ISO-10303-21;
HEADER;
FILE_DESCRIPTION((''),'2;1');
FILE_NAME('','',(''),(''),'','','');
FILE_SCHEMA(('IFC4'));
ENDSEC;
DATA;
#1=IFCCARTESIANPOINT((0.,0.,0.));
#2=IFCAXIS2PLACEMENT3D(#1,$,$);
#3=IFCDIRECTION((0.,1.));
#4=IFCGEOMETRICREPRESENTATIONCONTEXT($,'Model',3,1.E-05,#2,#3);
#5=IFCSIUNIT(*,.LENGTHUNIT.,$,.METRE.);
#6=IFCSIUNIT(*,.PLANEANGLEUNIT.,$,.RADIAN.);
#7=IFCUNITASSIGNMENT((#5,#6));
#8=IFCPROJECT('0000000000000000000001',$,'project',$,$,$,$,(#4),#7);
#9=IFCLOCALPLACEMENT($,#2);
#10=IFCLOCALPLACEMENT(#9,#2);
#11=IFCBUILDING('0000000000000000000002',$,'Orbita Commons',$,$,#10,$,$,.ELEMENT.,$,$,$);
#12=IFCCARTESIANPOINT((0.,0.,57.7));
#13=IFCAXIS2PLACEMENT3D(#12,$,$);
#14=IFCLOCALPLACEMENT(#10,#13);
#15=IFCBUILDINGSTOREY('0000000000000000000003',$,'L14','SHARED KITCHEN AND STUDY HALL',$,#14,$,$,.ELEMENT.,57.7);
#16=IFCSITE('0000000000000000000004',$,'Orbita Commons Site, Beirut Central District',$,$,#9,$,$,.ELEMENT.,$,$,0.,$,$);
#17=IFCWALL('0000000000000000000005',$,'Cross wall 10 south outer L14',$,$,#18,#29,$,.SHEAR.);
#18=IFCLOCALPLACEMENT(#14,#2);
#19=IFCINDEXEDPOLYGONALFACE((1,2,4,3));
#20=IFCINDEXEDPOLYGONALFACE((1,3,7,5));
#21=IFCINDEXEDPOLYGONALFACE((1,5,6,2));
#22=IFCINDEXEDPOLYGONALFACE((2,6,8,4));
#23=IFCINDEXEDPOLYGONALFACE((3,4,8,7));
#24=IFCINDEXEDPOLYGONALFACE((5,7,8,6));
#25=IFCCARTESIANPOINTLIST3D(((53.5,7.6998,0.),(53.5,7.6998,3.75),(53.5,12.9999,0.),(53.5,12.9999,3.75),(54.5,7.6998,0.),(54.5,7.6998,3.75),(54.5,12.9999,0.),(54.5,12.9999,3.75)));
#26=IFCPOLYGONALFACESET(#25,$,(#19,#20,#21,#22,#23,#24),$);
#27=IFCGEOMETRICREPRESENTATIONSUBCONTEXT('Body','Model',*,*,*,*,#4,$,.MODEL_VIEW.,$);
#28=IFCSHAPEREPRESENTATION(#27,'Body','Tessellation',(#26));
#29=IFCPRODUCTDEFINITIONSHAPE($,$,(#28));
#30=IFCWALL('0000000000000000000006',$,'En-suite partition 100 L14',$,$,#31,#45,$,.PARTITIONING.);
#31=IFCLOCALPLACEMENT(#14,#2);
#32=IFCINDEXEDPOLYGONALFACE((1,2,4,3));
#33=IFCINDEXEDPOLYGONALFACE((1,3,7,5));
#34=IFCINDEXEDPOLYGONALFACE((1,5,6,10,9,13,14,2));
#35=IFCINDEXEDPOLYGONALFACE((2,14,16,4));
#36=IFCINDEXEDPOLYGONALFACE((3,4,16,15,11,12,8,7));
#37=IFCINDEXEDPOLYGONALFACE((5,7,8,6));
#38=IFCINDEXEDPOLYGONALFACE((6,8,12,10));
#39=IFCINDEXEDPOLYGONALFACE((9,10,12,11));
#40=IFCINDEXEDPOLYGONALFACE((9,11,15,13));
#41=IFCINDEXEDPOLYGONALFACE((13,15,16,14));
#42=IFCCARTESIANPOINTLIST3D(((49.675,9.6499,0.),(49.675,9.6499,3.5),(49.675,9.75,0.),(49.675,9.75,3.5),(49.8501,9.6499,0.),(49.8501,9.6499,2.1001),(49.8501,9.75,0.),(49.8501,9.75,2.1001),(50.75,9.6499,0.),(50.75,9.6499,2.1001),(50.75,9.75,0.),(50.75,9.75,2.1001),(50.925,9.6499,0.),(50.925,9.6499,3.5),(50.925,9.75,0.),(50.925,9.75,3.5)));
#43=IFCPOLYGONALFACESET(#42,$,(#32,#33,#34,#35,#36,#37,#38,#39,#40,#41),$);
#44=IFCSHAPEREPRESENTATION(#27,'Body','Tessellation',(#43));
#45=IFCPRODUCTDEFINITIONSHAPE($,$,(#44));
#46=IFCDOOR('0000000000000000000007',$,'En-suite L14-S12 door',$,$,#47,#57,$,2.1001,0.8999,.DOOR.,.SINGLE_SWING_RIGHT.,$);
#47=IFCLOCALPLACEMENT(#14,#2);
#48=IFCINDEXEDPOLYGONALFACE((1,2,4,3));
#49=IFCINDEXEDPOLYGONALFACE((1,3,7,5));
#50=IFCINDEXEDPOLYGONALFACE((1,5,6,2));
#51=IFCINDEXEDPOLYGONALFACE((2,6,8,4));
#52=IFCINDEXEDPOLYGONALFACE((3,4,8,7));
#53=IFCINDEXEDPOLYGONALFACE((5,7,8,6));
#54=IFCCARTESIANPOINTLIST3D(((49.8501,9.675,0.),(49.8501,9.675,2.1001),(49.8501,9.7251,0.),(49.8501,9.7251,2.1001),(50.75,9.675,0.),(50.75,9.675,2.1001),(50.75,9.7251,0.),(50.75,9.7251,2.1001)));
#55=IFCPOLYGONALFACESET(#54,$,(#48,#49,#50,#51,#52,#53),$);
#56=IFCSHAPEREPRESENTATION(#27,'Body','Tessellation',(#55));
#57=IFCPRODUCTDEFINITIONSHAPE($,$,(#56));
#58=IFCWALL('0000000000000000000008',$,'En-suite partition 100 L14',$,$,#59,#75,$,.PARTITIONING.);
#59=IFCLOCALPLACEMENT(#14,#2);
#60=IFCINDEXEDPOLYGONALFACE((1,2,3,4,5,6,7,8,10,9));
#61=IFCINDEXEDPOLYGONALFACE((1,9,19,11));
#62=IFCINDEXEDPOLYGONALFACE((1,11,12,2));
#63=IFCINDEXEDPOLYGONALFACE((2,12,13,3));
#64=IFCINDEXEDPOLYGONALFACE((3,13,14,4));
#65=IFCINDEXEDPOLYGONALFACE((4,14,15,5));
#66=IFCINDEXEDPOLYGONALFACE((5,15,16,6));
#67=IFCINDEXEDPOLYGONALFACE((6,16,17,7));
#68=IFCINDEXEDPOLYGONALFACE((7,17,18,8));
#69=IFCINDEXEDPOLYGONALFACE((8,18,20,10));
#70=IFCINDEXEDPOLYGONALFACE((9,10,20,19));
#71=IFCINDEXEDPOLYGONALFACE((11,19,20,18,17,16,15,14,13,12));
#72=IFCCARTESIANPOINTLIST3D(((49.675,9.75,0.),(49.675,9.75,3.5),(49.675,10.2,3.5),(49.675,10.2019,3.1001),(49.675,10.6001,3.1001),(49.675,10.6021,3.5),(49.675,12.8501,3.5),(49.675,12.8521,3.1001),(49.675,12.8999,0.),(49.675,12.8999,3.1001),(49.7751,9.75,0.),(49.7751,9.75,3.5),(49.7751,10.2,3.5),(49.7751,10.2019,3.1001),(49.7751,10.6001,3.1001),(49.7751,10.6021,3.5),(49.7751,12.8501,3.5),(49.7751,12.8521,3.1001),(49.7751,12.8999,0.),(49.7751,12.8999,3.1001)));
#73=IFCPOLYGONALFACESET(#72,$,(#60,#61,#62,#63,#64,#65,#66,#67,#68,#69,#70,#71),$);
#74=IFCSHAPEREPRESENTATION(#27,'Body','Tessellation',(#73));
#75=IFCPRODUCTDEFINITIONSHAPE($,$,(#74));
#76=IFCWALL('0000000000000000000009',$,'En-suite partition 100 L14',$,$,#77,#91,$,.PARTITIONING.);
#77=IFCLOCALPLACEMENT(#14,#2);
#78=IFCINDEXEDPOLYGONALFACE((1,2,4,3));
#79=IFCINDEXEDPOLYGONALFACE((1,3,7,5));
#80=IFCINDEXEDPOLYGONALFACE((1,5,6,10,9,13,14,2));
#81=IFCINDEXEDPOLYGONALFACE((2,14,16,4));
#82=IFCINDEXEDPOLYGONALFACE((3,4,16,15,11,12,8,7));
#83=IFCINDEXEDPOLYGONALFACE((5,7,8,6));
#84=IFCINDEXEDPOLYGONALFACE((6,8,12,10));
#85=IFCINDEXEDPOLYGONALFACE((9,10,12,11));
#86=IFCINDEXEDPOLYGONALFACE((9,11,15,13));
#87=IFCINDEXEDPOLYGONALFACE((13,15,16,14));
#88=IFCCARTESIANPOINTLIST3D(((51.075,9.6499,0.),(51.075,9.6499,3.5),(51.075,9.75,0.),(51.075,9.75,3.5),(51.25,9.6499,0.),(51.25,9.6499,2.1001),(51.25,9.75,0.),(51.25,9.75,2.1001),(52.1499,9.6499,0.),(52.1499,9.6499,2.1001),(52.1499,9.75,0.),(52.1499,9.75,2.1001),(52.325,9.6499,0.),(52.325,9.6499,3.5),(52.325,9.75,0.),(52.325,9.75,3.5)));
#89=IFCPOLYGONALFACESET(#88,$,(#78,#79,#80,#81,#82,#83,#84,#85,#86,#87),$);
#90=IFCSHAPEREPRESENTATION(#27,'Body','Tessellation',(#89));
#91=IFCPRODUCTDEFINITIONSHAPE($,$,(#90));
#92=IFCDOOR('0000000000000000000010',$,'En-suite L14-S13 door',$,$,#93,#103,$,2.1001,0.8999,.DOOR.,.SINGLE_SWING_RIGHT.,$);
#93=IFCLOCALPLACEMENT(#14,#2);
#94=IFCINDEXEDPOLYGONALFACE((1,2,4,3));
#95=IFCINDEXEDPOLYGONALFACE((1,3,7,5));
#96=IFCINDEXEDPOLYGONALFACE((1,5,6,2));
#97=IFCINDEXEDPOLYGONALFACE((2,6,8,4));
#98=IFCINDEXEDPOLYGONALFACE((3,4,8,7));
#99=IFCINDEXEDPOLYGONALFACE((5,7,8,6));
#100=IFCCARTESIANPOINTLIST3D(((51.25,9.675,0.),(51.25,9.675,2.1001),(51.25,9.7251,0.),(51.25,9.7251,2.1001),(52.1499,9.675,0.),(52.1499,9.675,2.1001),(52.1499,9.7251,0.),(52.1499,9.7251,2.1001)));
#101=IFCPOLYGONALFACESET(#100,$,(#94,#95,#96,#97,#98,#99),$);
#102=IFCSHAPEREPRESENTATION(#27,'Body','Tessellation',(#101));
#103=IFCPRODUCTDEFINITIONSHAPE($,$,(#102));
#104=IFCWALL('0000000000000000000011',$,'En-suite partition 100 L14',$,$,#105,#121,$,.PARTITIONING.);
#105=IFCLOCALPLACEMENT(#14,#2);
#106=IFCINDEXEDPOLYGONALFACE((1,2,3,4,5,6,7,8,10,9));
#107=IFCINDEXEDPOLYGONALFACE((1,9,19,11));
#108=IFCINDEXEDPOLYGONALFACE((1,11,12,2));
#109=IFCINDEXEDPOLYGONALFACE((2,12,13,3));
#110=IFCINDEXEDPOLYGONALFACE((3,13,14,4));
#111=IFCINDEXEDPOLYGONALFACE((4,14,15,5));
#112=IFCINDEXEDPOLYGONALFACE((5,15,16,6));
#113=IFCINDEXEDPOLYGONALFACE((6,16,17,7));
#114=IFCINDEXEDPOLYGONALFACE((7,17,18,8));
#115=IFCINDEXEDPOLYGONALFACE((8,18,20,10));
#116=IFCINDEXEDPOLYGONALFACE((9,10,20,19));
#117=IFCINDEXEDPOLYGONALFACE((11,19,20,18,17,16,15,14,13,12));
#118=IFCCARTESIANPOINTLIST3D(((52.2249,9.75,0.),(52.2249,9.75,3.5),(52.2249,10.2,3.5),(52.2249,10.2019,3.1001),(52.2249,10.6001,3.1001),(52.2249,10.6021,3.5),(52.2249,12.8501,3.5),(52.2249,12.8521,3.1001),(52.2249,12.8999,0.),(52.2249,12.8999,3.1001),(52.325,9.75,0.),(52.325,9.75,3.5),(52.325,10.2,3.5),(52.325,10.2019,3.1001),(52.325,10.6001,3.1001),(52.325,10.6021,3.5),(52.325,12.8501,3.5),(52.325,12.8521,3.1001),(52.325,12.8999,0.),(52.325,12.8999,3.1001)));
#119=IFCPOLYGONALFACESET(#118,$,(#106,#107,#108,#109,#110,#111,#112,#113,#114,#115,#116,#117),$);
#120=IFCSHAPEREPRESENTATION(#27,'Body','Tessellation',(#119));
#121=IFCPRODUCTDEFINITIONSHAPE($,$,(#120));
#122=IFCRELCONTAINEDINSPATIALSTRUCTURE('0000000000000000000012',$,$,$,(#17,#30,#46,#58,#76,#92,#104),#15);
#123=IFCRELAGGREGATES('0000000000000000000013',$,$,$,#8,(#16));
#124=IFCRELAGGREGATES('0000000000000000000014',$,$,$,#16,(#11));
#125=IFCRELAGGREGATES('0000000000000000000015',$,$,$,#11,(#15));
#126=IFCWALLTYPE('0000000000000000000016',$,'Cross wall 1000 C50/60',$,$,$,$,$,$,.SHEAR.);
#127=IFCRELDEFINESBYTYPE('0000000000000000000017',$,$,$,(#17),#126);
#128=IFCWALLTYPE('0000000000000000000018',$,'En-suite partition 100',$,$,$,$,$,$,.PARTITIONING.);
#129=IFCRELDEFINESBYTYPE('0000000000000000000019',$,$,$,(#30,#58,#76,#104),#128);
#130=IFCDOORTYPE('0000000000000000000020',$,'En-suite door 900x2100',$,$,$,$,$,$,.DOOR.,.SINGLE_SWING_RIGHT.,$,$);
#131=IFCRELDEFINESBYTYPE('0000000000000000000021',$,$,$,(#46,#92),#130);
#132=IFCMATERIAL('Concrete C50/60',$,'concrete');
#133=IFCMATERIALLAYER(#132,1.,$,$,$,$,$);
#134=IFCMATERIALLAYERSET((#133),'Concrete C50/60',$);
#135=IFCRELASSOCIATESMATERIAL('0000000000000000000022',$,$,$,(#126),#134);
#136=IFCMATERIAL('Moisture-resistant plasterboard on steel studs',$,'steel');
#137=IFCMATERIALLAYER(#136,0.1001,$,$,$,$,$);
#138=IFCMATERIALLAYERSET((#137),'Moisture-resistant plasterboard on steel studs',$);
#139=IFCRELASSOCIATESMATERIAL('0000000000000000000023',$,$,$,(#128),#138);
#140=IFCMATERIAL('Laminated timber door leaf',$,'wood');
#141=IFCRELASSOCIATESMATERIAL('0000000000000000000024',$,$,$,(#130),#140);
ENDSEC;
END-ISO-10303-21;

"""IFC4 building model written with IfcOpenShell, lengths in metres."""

from ifc_helpers import new_model, si_unit, direction, frame, frame_2d, origin, place, context, subcontext, project, spatial, polyline, rectangle, outline, extrude, material, layer, layer_set, type_object, element, fill, save


model = new_model("IFC4")

# Units and contexts
model_context = context("Model", 3, precision=1e-05, world=origin(), true_north=direction((0.0, 1.0)))
body_context = subcontext(model_context, "Body", "Model", "MODEL_VIEW")
ifc_project = project(units=[si_unit("LENGTHUNIT", "METRE"), si_unit("PLANEANGLEUNIT", "RADIAN")], contexts=[model_context])

# Site, building, storey
site_placement = place(None, origin())
site = spatial("IfcSite", under=ifc_project, at=site_placement, Name="Orbita Commons Site, Beirut Central District", CompositionType="ELEMENT", RefElevation=0.0)
building_placement = place(site_placement, origin())
building = spatial("IfcBuilding", under=site, at=building_placement, Name="Orbita Commons", CompositionType="ELEMENT")
storey_placement = place(building_placement, frame((0.0, 0.0, 57.7)))
storey = spatial("IfcBuildingStorey", under=building, at=storey_placement, Name="L14", Description="SHARED KITCHEN AND STUDY HALL", CompositionType="ELEMENT", Elevation=57.7)

# Wall
ifc_material_1 = material(Name="Concrete C50/60", Category="concrete")
ifc_layer_1 = layer(ifc_material_1, 1.0)
ifc_layer_set_1 = layer_set([ifc_layer_1], Name="Concrete C50/60")
wall_type_1 = type_object("IfcWallType", Name="Cross wall 1000 C50/60", PredefinedType="SHEAR", material=ifc_layer_set_1)
for number, where, z_axis, x_axis, name in (
    (1, (54.0, 7.7, 0.0), (0.0, 0.0, 1.0), (0.0, 1.0, 0.0), "Cross wall 10 south outer L14"),
):
    element("IfcWall", number, at=place(storey_placement, frame(where, z_axis=z_axis, x_axis=x_axis)), inside=storey, type_object=wall_type_1, Name=name, PredefinedType="SHEAR", context=body_context, shape_type="SweptSolid", body=[
        extrude(rectangle(XDim=5.3, YDim=1.0, at=frame_2d((2.6499, 0.0))), origin(), (0.0, 0.0, 1.0), 3.75),
    ])

# Wall, opening, door
ifc_material_2 = material(Name="Moisture-resistant plasterboard on steel studs", Category="steel")
ifc_layer_2 = layer(ifc_material_2, 0.1001)
ifc_layer_set_2 = layer_set([ifc_layer_2], Name="Moisture-resistant plasterboard on steel studs")
wall_type_2 = type_object("IfcWallType", Name="En-suite partition 100", PredefinedType="PARTITIONING", material=ifc_layer_set_2)
wall_1_placement = place(storey_placement, frame((50.925, 9.7, 0.0), z_axis=(0.0, 0.0, 1.0), x_axis=(-1.0, 0.0, 0.0)))
wall_1 = element("IfcWall", 2, at=wall_1_placement, inside=storey, type_object=wall_type_2, Name="En-suite partition 100 L14", PredefinedType="PARTITIONING", context=body_context, shape_type="SweptSolid", body=[
    extrude(rectangle(XDim=1.25, YDim=0.1001, at=frame_2d((0.625, 0.0))), origin(), (0.0, 0.0, 1.0), 3.5),
])
opening_1_placement = place(wall_1_placement, frame((0.175, 0.0, 0.0)))
opening_1 = element("IfcOpeningElement", 3, at=opening_1_placement, cuts=wall_1, PredefinedType="OPENING", context=body_context, shape_type="SweptSolid", body=[
    extrude(rectangle(XDim=0.8999, YDim=2.1001, at=frame_2d((0.45, 1.05))), frame((0.0, 0.0601, 0.0), z_axis=(0.0, -1.0, 0.0), x_axis=(1.0, 0.0, 0.0)), (0.0, 0.0, 1.0), 0.1201),
])
ifc_material_3 = material(Name="Laminated timber door leaf", Category="wood")
door_type_1 = type_object("IfcDoorType", Name="En-suite door 900x2100", OperationType="SINGLE_SWING_RIGHT", PredefinedType="DOOR", material=ifc_material_3)
door_1_placement = place(opening_1_placement, origin())
door_1 = element("IfcDoor", 4, at=door_1_placement, inside=storey, type_object=door_type_1, Name="En-suite L14-S12 door", OperationType="SINGLE_SWING_RIGHT", OverallHeight=2.1001, OverallWidth=0.8999, PredefinedType="DOOR", context=body_context, shape_type="SweptSolid", body=[
    extrude(rectangle(XDim=0.8999, YDim=2.1001, at=frame_2d((0.45, 1.05))), frame((0.0, 0.0249, 0.0), z_axis=(0.0, -1.0, 0.0), x_axis=(1.0, 0.0, 0.0)), (0.0, 0.0, 1.0), 0.05),
])
fill(opening_1, door_1)

# Wall
wall_2_placement = place(storey_placement, frame((49.7251, 9.75, 0.0), z_axis=(0.0, 0.0, 1.0), x_axis=(0.0, 1.0, 0.0)))
element("IfcWall", 5, at=wall_2_placement, inside=storey, type_object=wall_type_2, Name="En-suite partition 100 L14", PredefinedType="PARTITIONING", context=body_context, shape_type="SweptSolid", body=[
    extrude(outline(polyline([(0.0, 0.0), (3.1499, 0.0), (3.1499, 3.1001), (3.1021, 3.1001), (3.1001, 3.5), (0.8521, 3.5), (0.8501, 3.1001), (0.4519, 3.1001), (0.45, 3.5), (0.0, 3.5), (0.0, 0.0)])), frame((0.0, 0.05, 0.0), z_axis=(0.0, -1.0, 0.0), x_axis=(1.0, 0.0, 0.0)), (0.0, 0.0, 1.0), 0.1001),
])

# Wall, opening, door
wall_3_placement = place(storey_placement, frame((52.325, 9.7, 0.0), z_axis=(0.0, 0.0, 1.0), x_axis=(-1.0, 0.0, 0.0)))
wall_3 = element("IfcWall", 6, at=wall_3_placement, inside=storey, type_object=wall_type_2, Name="En-suite partition 100 L14", PredefinedType="PARTITIONING", context=body_context, shape_type="SweptSolid", body=[
    extrude(rectangle(XDim=1.25, YDim=0.1001, at=frame_2d((0.625, 0.0))), origin(), (0.0, 0.0, 1.0), 3.5),
])
opening_2_placement = place(wall_3_placement, frame((0.175, 0.0, 0.0)))
opening_2 = element("IfcOpeningElement", 7, at=opening_2_placement, cuts=wall_3, PredefinedType="OPENING", context=body_context, shape_type="SweptSolid", body=[
    extrude(rectangle(XDim=0.8999, YDim=2.1001, at=frame_2d((0.45, 1.05))), frame((0.0, 0.0601, 0.0), z_axis=(0.0, -1.0, 0.0), x_axis=(1.0, 0.0, 0.0)), (0.0, 0.0, 1.0), 0.1201),
])
door_2_placement = place(opening_2_placement, origin())
door_2 = element("IfcDoor", 8, at=door_2_placement, inside=storey, type_object=door_type_1, Name="En-suite L14-S13 door", OperationType="SINGLE_SWING_RIGHT", OverallHeight=2.1001, OverallWidth=0.8999, PredefinedType="DOOR", context=body_context, shape_type="SweptSolid", body=[
    extrude(rectangle(XDim=0.8999, YDim=2.1001, at=frame_2d((0.45, 1.05))), frame((0.0, 0.0249, 0.0), z_axis=(0.0, -1.0, 0.0), x_axis=(1.0, 0.0, 0.0)), (0.0, 0.0, 1.0), 0.05),
])
fill(opening_2, door_2)

# Wall
wall_4_placement = place(storey_placement, frame((52.2749, 9.75, 0.0), z_axis=(0.0, 0.0, 1.0), x_axis=(0.0, 1.0, 0.0)))
element("IfcWall", 9, at=wall_4_placement, inside=storey, type_object=wall_type_2, Name="En-suite partition 100 L14", PredefinedType="PARTITIONING", context=body_context, shape_type="SweptSolid", body=[
    extrude(outline(polyline([(0.0, 0.0), (3.1499, 0.0), (3.1499, 3.1001), (3.1021, 3.1001), (3.1001, 3.5), (0.8521, 3.5), (0.8501, 3.1001), (0.4519, 3.1001), (0.45, 3.5), (0.0, 3.5), (0.0, 0.0)])), frame((0.0, 0.05, 0.0), z_axis=(0.0, -1.0, 0.0), x_axis=(1.0, 0.0, 0.0)), (0.0, 0.0, 1.0), 0.1001),
])

save(model, "model.ifc")
